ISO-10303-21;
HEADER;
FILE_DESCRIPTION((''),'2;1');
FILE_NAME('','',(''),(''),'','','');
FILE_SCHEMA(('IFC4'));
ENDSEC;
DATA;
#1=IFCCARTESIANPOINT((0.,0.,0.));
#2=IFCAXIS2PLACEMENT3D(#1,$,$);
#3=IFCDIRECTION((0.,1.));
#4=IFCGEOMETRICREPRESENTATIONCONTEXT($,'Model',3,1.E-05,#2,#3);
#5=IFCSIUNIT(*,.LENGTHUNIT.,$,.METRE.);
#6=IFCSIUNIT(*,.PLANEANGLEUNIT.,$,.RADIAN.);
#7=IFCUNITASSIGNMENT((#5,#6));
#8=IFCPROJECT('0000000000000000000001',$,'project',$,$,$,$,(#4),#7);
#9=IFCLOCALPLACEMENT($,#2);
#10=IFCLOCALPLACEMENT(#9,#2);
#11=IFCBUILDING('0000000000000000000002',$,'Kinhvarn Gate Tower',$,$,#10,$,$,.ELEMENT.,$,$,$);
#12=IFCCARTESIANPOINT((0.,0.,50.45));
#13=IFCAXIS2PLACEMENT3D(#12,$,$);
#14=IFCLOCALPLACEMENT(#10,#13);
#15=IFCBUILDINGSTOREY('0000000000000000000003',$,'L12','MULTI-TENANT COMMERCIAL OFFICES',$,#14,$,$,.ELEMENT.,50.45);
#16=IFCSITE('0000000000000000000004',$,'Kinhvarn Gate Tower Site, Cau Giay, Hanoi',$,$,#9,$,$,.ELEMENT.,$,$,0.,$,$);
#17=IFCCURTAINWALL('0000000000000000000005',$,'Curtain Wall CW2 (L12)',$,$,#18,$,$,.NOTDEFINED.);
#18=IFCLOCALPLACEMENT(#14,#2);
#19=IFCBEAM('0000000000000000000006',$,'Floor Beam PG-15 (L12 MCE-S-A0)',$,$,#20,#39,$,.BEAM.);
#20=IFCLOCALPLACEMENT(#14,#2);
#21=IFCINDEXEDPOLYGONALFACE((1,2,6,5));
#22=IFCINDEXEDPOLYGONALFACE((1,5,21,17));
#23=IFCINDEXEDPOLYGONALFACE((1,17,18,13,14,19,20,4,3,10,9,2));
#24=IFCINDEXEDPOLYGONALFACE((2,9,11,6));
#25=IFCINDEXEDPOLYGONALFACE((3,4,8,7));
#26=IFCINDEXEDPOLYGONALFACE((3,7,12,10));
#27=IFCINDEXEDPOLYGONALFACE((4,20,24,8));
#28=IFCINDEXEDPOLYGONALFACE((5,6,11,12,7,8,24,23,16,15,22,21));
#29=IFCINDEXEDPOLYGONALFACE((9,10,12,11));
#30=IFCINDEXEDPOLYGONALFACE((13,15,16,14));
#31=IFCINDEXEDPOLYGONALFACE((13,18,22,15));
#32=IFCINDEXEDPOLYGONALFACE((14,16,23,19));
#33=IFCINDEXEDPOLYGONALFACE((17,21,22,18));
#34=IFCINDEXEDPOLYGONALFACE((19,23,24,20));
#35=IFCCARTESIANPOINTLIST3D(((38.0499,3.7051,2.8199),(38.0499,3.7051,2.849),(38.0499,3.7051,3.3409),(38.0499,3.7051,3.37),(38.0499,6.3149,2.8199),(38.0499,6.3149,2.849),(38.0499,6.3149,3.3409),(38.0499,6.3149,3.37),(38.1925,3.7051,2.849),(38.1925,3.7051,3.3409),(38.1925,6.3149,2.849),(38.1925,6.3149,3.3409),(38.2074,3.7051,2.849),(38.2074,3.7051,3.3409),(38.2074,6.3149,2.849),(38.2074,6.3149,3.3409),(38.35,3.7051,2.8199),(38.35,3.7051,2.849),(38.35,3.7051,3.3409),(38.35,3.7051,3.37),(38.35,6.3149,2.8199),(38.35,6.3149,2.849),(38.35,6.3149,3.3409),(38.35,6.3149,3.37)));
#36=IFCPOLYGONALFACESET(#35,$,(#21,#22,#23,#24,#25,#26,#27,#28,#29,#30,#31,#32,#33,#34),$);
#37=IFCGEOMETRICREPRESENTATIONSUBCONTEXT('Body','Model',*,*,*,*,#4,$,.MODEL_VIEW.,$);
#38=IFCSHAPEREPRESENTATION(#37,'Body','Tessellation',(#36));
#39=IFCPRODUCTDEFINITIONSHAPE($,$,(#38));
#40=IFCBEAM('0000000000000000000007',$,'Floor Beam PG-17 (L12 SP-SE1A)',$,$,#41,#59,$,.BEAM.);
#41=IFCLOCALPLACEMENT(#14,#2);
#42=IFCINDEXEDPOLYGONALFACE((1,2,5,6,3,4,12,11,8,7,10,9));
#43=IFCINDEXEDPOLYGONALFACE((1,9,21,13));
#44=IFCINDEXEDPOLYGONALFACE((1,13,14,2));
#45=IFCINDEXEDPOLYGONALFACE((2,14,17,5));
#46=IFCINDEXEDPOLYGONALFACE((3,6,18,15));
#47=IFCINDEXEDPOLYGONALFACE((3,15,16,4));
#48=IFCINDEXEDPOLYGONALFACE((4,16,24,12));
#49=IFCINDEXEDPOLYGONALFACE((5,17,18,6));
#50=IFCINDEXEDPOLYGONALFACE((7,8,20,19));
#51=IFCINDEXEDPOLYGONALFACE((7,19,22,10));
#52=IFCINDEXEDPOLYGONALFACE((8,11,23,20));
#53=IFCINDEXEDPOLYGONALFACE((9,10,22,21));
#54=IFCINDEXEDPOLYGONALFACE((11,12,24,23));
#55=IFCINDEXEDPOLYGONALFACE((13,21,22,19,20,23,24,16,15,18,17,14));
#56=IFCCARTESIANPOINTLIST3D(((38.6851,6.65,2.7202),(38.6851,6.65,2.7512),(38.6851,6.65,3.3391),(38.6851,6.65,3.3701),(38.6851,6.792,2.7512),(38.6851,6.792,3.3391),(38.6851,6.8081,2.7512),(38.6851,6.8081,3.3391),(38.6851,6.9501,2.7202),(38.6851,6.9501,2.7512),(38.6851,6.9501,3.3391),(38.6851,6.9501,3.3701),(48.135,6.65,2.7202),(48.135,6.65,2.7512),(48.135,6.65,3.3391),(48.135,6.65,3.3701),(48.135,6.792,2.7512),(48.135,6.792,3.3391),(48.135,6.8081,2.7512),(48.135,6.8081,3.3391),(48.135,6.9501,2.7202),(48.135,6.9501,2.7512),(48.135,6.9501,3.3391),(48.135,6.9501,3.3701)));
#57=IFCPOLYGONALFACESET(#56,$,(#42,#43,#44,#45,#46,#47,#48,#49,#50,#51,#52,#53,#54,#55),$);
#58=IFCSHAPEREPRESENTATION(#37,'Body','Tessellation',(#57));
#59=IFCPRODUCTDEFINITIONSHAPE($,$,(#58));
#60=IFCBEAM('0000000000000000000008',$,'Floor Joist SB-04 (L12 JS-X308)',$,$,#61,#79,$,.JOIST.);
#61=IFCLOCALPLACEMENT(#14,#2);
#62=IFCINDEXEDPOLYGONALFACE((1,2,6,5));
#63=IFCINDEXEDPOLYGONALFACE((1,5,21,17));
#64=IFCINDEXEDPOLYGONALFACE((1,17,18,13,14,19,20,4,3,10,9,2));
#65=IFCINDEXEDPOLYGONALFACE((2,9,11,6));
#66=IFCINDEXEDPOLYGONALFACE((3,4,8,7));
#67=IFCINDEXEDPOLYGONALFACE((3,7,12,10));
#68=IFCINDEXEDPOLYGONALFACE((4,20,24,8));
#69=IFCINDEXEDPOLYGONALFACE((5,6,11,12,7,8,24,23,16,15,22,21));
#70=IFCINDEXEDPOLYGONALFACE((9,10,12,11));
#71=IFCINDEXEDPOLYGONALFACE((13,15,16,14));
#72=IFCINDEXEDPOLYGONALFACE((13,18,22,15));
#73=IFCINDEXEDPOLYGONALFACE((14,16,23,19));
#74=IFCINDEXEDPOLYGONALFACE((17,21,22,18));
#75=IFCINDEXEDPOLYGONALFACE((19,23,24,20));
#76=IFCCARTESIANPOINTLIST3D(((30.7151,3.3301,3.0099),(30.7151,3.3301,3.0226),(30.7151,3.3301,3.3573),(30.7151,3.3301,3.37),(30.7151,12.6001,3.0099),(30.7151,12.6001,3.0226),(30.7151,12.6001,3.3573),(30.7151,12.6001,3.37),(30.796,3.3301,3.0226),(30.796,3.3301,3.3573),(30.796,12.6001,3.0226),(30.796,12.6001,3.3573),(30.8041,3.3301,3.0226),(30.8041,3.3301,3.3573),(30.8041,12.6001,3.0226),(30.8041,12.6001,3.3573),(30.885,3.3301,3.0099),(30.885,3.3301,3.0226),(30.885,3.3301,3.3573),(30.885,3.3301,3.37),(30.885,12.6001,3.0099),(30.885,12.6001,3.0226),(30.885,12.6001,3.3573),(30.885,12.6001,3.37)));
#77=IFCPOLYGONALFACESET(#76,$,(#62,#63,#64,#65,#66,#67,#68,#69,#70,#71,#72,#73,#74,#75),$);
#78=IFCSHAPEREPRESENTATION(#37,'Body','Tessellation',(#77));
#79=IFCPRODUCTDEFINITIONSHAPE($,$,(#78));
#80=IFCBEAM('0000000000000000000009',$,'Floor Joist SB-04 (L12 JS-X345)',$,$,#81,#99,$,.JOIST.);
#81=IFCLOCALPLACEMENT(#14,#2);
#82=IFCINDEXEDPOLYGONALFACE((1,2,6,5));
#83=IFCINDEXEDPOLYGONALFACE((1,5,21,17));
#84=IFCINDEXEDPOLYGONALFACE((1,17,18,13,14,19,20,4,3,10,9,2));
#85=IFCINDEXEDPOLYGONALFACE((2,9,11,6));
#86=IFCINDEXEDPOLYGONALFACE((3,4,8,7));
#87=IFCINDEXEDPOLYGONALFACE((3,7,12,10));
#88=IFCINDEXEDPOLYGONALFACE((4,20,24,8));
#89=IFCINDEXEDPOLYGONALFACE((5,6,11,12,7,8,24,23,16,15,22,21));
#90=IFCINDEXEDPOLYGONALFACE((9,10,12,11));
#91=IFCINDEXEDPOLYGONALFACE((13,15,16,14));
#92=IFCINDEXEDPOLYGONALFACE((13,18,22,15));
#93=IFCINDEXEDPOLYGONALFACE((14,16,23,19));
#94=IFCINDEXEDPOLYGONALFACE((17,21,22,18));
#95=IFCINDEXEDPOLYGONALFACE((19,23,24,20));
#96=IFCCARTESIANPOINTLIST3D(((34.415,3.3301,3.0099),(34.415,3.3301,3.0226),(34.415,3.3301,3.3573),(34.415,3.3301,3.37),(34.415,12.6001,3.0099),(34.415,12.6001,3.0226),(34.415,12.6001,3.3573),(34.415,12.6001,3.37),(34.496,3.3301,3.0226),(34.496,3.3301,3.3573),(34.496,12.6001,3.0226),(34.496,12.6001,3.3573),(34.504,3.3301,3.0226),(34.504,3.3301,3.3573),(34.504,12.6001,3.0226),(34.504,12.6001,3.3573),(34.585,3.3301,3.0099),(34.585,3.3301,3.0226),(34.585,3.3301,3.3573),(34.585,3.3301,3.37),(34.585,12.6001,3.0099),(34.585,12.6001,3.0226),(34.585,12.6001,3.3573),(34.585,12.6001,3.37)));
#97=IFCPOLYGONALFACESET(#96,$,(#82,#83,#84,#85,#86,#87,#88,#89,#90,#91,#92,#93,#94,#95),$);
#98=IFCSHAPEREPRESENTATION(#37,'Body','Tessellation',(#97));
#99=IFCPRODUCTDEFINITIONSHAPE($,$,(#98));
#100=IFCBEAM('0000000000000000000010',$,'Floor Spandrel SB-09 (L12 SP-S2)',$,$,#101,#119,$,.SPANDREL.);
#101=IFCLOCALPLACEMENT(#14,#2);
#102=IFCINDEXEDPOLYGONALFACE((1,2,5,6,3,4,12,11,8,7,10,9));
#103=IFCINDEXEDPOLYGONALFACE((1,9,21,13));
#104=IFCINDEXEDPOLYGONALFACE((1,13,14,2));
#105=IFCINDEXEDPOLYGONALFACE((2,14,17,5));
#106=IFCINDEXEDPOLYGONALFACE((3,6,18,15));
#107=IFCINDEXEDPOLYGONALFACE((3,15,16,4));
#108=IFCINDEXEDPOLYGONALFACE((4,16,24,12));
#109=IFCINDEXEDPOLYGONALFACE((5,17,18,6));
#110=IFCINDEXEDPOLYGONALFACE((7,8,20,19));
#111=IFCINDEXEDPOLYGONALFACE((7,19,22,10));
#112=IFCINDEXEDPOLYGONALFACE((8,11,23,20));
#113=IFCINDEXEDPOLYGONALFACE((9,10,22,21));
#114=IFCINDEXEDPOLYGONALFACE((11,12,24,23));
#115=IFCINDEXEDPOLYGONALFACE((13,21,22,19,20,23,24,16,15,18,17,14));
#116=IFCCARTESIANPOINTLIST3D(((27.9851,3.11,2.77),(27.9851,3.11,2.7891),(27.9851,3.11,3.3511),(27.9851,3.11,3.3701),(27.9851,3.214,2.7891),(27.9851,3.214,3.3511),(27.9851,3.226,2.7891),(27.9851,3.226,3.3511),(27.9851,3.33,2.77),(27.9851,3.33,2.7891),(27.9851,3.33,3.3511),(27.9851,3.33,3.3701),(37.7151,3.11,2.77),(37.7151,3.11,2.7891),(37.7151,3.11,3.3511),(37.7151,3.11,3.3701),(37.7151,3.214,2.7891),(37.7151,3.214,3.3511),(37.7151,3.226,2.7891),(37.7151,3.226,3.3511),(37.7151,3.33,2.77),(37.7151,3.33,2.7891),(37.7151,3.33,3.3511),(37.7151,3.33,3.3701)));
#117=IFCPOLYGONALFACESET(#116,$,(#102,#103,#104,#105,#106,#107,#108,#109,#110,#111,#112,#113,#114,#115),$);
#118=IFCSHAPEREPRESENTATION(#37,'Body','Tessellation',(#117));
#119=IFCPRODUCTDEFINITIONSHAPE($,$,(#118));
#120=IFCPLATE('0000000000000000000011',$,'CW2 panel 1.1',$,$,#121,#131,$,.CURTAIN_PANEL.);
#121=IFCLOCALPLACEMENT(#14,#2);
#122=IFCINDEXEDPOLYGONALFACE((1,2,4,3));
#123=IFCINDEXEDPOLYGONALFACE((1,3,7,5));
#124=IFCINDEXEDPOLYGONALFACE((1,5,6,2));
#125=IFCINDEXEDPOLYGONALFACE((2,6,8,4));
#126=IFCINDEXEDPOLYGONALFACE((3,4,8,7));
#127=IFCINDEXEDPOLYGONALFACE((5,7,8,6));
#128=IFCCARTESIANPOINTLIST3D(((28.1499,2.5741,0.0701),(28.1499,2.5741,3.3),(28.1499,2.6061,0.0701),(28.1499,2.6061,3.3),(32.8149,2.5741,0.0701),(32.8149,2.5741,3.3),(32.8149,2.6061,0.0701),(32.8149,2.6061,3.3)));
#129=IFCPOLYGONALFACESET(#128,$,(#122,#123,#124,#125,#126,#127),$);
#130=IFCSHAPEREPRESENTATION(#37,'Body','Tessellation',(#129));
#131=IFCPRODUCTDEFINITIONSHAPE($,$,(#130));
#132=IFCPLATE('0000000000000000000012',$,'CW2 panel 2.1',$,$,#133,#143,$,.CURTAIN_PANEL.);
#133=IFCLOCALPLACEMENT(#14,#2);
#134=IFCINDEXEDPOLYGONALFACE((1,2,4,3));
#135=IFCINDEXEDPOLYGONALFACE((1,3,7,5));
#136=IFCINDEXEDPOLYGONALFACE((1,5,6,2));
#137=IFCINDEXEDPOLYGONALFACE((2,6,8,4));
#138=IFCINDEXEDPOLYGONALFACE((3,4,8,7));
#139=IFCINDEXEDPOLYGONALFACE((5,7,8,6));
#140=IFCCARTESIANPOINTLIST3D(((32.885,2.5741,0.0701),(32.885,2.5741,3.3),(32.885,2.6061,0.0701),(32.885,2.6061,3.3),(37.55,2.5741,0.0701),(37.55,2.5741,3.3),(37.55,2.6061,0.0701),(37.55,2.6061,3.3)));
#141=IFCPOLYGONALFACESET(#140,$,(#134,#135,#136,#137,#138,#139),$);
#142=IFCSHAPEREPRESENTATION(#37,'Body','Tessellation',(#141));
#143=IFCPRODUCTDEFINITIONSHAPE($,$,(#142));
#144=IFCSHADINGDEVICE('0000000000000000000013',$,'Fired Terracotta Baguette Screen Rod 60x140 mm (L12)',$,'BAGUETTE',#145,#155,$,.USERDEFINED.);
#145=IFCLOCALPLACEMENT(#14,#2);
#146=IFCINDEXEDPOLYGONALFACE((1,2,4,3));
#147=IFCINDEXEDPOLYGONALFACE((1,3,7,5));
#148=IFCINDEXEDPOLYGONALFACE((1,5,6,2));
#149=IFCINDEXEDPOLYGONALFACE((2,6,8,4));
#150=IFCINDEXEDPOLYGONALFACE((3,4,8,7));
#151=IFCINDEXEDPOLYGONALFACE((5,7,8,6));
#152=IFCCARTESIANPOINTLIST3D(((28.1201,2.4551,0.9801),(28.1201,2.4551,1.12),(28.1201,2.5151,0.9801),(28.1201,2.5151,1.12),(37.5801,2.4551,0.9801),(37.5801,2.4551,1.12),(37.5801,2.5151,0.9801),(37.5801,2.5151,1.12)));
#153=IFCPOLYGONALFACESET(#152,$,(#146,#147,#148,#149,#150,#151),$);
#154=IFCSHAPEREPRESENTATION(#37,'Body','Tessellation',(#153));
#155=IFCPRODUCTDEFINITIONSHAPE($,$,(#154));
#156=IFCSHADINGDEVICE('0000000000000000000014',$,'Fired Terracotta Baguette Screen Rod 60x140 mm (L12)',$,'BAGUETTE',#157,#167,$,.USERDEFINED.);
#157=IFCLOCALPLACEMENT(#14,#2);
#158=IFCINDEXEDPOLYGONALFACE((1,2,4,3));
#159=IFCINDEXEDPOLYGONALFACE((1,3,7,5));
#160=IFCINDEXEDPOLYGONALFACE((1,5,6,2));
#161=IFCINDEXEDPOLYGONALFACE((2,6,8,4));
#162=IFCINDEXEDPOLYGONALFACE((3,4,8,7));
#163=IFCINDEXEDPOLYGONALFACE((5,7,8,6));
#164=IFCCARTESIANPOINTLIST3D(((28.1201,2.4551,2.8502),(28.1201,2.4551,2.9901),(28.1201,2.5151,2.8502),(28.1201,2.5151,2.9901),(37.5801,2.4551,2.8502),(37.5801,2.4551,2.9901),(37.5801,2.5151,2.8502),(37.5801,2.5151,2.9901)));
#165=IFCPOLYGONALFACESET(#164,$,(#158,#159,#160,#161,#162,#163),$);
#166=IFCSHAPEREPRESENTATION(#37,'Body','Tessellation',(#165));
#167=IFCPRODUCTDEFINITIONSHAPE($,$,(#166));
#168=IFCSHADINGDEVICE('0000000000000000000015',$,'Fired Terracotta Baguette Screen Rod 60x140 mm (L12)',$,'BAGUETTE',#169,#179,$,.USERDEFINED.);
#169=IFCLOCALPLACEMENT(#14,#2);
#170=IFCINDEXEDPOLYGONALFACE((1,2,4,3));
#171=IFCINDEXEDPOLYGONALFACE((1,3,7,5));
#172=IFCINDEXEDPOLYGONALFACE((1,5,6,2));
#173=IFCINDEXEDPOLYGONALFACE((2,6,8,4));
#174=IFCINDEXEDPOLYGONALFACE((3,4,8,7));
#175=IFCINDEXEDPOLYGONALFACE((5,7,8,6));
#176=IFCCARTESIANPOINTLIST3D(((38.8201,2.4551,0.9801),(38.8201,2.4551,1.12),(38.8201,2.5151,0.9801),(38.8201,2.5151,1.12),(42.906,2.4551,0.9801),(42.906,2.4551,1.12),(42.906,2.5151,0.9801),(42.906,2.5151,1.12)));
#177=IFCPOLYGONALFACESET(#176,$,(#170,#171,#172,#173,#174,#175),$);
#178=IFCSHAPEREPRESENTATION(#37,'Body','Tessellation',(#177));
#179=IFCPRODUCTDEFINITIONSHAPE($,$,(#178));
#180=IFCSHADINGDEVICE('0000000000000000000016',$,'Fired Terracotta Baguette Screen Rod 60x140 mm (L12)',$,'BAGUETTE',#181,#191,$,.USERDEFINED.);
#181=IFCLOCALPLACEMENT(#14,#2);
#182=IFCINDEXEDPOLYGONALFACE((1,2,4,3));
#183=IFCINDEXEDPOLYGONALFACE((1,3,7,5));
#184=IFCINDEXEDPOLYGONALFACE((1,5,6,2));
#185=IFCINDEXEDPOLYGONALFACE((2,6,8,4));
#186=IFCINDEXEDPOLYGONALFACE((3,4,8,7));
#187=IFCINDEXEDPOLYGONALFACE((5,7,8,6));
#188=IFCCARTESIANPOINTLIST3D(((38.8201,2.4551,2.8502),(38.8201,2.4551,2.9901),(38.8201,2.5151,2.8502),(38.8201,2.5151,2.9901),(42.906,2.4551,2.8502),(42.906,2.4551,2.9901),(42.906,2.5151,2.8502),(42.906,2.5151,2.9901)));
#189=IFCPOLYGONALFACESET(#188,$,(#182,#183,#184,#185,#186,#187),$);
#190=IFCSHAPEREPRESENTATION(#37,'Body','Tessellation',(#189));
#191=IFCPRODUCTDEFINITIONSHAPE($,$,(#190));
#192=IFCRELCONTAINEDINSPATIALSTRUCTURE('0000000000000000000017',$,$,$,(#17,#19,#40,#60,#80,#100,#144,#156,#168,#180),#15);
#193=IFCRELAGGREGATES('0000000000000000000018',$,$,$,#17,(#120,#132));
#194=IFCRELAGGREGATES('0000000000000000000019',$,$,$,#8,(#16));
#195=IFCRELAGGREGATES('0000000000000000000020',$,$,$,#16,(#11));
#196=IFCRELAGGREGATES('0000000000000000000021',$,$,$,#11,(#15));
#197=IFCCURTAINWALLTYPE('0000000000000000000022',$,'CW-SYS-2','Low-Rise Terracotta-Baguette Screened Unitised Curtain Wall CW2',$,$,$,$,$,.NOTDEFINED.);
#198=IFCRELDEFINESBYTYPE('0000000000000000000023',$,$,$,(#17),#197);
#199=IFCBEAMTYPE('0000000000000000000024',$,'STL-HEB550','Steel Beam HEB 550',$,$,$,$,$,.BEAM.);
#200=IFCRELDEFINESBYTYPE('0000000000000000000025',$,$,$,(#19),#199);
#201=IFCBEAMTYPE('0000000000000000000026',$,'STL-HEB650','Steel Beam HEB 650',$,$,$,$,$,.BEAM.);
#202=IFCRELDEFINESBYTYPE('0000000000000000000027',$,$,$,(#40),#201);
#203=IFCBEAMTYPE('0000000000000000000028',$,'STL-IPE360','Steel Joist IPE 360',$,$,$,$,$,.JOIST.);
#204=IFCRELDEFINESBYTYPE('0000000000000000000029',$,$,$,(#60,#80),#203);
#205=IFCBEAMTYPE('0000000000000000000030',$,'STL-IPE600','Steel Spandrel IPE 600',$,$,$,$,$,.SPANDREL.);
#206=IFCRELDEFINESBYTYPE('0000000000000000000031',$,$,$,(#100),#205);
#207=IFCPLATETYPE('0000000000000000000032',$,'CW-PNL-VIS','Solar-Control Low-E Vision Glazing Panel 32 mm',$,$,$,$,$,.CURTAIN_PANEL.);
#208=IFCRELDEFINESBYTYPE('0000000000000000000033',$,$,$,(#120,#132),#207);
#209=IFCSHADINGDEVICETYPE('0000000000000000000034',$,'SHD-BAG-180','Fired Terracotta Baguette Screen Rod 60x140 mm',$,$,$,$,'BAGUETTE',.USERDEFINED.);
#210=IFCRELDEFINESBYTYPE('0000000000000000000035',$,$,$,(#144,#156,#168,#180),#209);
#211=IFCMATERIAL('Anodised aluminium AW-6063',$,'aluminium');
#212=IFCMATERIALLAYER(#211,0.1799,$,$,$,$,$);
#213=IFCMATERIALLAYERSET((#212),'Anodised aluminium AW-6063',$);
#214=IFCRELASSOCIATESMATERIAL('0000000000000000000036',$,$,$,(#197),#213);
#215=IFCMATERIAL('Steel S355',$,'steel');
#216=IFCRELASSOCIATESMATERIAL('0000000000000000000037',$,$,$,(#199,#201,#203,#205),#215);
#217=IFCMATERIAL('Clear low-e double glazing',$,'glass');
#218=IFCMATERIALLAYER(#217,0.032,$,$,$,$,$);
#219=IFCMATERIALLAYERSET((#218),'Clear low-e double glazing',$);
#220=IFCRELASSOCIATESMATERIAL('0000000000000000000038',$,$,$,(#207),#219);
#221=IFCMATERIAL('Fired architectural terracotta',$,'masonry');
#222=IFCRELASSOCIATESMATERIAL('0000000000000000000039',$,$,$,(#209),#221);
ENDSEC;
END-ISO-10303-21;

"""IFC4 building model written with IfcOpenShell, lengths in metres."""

from ifc_helpers import new_model, si_unit, direction, frame, origin, origin_2d, place, context, subcontext, project, spatial, rectangle, i_section, extrude, material, layer, layer_set, material_profile, profile_set, type_object, element, aggregate, save


model = new_model("IFC4")

# Units and contexts
model_context = context("Model", 3, precision=1e-05, world=origin(), true_north=direction((0.0, 1.0)))
body_context = subcontext(model_context, "Body", "Model", "MODEL_VIEW")
ifc_project = project(units=[si_unit("LENGTHUNIT", "METRE"), si_unit("PLANEANGLEUNIT", "RADIAN")], contexts=[model_context])

# Site, building, storey
site_placement = place(None, origin())
site = spatial("IfcSite", under=ifc_project, at=site_placement, Name="Kinhvarn Gate Tower Site, Cau Giay, Hanoi", CompositionType="ELEMENT", RefElevation=0.0)
building_placement = place(site_placement, origin())
building = spatial("IfcBuilding", under=site, at=building_placement, Name="Kinhvarn Gate Tower", CompositionType="ELEMENT")
storey_placement = place(building_placement, frame((0.0, 0.0, 50.45)))
storey = spatial("IfcBuildingStorey", under=building, at=storey_placement, Name="L12", Description="MULTI-TENANT COMMERCIAL OFFICES", CompositionType="ELEMENT", Elevation=50.45)

# Shared definitions
ifc_material_1 = material(Name="Anodised aluminium AW-6063", Category="aluminium")
ifc_layer_1 = layer(ifc_material_1, 0.1799)
ifc_layer_set_1 = layer_set([ifc_layer_1], Name="Anodised aluminium AW-6063")
curtain_wall_type = type_object("IfcCurtainWallType", Name="CW-SYS-2", Description="Low-Rise Terracotta-Baguette Screened Unitised Curtain Wall CW2", PredefinedType="NOTDEFINED", material=ifc_layer_set_1)

# Curtain wall
curtain_wall_1_placement = place(storey_placement, origin())
curtain_wall_1 = element("IfcCurtainWall", 1, at=curtain_wall_1_placement, inside=storey, type_object=curtain_wall_type, Name="Curtain Wall CW2 (L12)", PredefinedType="NOTDEFINED")

# Beams
ifc_material_2 = material(Name="Steel S355", Category="steel")
ifc_material_profile_1 = material_profile(ifc_material_2, i_section(OverallWidth=0.3, OverallDepth=0.55, WebThickness=0.0149, FlangeThickness=0.0291, at=origin_2d()), Name="HEB 550")
ifc_profile_set_1 = profile_set([ifc_material_profile_1], Name="Steel S355")
beam_type_1 = type_object("IfcBeamType", Name="STL-HEB550", Description="Steel Beam HEB 550", PredefinedType="BEAM", material=ifc_profile_set_1)
beam_1_placement = place(storey_placement, frame((38.2, 3.7051, 3.095), z_axis=(0.0, 1.0, 0.0), x_axis=(-1.0, 0.0, 0.0)))
element("IfcBeam", 2, at=beam_1_placement, inside=storey, type_object=beam_type_1, Name="Floor Beam PG-15 (L12 MCE-S-A0)", PredefinedType="BEAM", context=body_context, shape_type="SweptSolid", body=[
    extrude(i_section(OverallWidth=0.3, OverallDepth=0.55, WebThickness=0.0149, FlangeThickness=0.0291, at=origin_2d()), origin(), (0.0, 0.0, 1.0), 2.6099),
])
ifc_material_profile_2 = material_profile(ifc_material_2, i_section(OverallWidth=0.3, OverallDepth=0.6499, WebThickness=0.0161, FlangeThickness=0.031, at=origin_2d()), Name="HEB 650")
ifc_profile_set_2 = profile_set([ifc_material_profile_2], Name="Steel S355")
beam_type_2 = type_object("IfcBeamType", Name="STL-HEB650", Description="Steel Beam HEB 650", PredefinedType="BEAM", material=ifc_profile_set_2)
beam_2_placement = place(storey_placement, frame((38.6851, 6.8, 3.0452), z_axis=(1.0, 0.0, 0.0), x_axis=(0.0, 1.0, 0.0)))
element("IfcBeam", 3, at=beam_2_placement, inside=storey, type_object=beam_type_2, Name="Floor Beam PG-17 (L12 SP-SE1A)", PredefinedType="BEAM", context=body_context, shape_type="SweptSolid", body=[
    extrude(i_section(OverallWidth=0.3, OverallDepth=0.6499, WebThickness=0.0161, FlangeThickness=0.031, at=origin_2d()), origin(), (0.0, 0.0, 1.0), 9.45),
])
ifc_material_profile_3 = material_profile(ifc_material_2, i_section(OverallWidth=0.1699, OverallDepth=0.3601, WebThickness=0.0081, FlangeThickness=0.0127, at=origin_2d()), Name="IPE 360")
ifc_profile_set_3 = profile_set([ifc_material_profile_3], Name="Steel S355")
beam_type_3 = type_object("IfcBeamType", Name="STL-IPE360", Description="Steel Joist IPE 360", PredefinedType="JOIST", material=ifc_profile_set_3)
for number, where, z_axis, x_axis, name in (
    (4, (30.8, 3.3301, 3.1899), (0.0, 1.0, 0.0), (-1.0, 0.0, 0.0), "Floor Joist SB-04 (L12 JS-X308)"),
    (5, (34.5, 3.3301, 3.1899), (0.0, 1.0, 0.0), (-1.0, 0.0, 0.0), "Floor Joist SB-04 (L12 JS-X345)"),
):
    element("IfcBeam", number, at=place(storey_placement, frame(where, z_axis=z_axis, x_axis=x_axis)), inside=storey, type_object=beam_type_3, Name=name, PredefinedType="JOIST", context=body_context, shape_type="SweptSolid", body=[
        extrude(i_section(OverallWidth=0.1699, OverallDepth=0.3601, WebThickness=0.0081, FlangeThickness=0.0127, at=origin_2d()), origin(), (0.0, 0.0, 1.0), 9.27),
    ])
ifc_material_profile_4 = material_profile(ifc_material_2, i_section(OverallWidth=0.22, OverallDepth=0.6001, WebThickness=0.012, FlangeThickness=0.019, at=origin_2d()), Name="IPE 600")
ifc_profile_set_4 = profile_set([ifc_material_profile_4], Name="Steel S355")
beam_type_4 = type_object("IfcBeamType", Name="STL-IPE600", Description="Steel Spandrel IPE 600", PredefinedType="SPANDREL", material=ifc_profile_set_4)
beam_3_placement = place(storey_placement, frame((27.9851, 3.22, 3.0701), z_axis=(1.0, 0.0, 0.0), x_axis=(0.0, 1.0, 0.0)))
element("IfcBeam", 6, at=beam_3_placement, inside=storey, type_object=beam_type_4, Name="Floor Spandrel SB-09 (L12 SP-S2)", PredefinedType="SPANDREL", context=body_context, shape_type="SweptSolid", body=[
    extrude(i_section(OverallWidth=0.22, OverallDepth=0.6001, WebThickness=0.012, FlangeThickness=0.019, at=origin_2d()), origin(), (0.0, 0.0, 1.0), 9.73),
])

# Plates
ifc_material_3 = material(Name="Clear low-e double glazing", Category="glass")
ifc_layer_2 = layer(ifc_material_3, 0.032)
ifc_layer_set_2 = layer_set([ifc_layer_2], Name="Clear low-e double glazing")
plate_type = type_object("IfcPlateType", Name="CW-PNL-VIS", Description="Solar-Control Low-E Vision Glazing Panel 32 mm", PredefinedType="CURTAIN_PANEL", material=ifc_layer_set_2)
plate_1_placement = place(storey_placement, frame((30.4824, 2.5901, 0.0701), z_axis=(0.0, 0.0, 1.0), x_axis=(1.0, 0.0, 0.0)))
plate_1 = element("IfcPlate", 7, at=plate_1_placement, type_object=plate_type, Name="CW2 panel 1.1", PredefinedType="CURTAIN_PANEL", context=body_context, shape_type="SweptSolid", body=[
    extrude(rectangle(XDim=4.665, YDim=0.032, at=origin_2d()), origin(), (0.0, 0.0, 1.0), 3.23),
])
plate_2_placement = place(storey_placement, frame((35.2175, 2.5901, 0.0701), z_axis=(0.0, 0.0, 1.0), x_axis=(1.0, 0.0, 0.0)))
plate_2 = element("IfcPlate", 8, at=plate_2_placement, type_object=plate_type, Name="CW2 panel 2.1", PredefinedType="CURTAIN_PANEL", context=body_context, shape_type="SweptSolid", body=[
    extrude(rectangle(XDim=4.665, YDim=0.032, at=origin_2d()), origin(), (0.0, 0.0, 1.0), 3.23),
])
aggregate(curtain_wall_1, [plate_1, plate_2])

# Shading devices
ifc_material_4 = material(Name="Fired architectural terracotta", Category="masonry")
ifc_material_profile_5 = material_profile(ifc_material_4, rectangle(XDim=0.0601, YDim=0.1399, at=origin_2d()), Name="TC 60x140")
ifc_profile_set_5 = profile_set([ifc_material_profile_5], Name="Fired architectural terracotta")
shading_device_type = type_object("IfcShadingDeviceType", Name="SHD-BAG-180", Description="Fired Terracotta Baguette Screen Rod 60x140 mm", ElementType="BAGUETTE", PredefinedType="USERDEFINED", material=ifc_profile_set_5)
for number, where, z_axis, x_axis, name in (
    (9, (28.1201, 2.4851, 1.05), (1.0, 0.0, 0.0), (0.0, 1.0, 0.0), "Fired Terracotta Baguette Screen Rod 60x140 mm (L12)"),
    (10, (28.1201, 2.4851, 2.9202), (1.0, 0.0, 0.0), (0.0, 1.0, 0.0), "Fired Terracotta Baguette Screen Rod 60x140 mm (L12)"),
):
    element("IfcShadingDevice", number, at=place(storey_placement, frame(where, z_axis=z_axis, x_axis=x_axis)), inside=storey, type_object=shading_device_type, Name=name, ObjectType="BAGUETTE", PredefinedType="USERDEFINED", context=body_context, shape_type="SweptSolid", body=[
        extrude(rectangle(XDim=0.0601, YDim=0.1399, at=origin_2d()), origin(), (0.0, 0.0, 1.0), 9.46),
    ])
for number, where, z_axis, x_axis, name in (
    (11, (38.8201, 2.4851, 1.05), (1.0, 0.0, 0.0), (0.0, 1.0, 0.0), "Fired Terracotta Baguette Screen Rod 60x140 mm (L12)"),
    (12, (38.8201, 2.4851, 2.9202), (1.0, 0.0, 0.0), (0.0, 1.0, 0.0), "Fired Terracotta Baguette Screen Rod 60x140 mm (L12)"),
):
    element("IfcShadingDevice", number, at=place(storey_placement, frame(where, z_axis=z_axis, x_axis=x_axis)), inside=storey, type_object=shading_device_type, Name=name, ObjectType="BAGUETTE", PredefinedType="USERDEFINED", context=body_context, shape_type="SweptSolid", body=[
        extrude(rectangle(XDim=0.0601, YDim=0.1399, at=origin_2d()), origin(), (0.0, 0.0, 1.0), 4.0859),
    ])

save(model, "model.ifc")
